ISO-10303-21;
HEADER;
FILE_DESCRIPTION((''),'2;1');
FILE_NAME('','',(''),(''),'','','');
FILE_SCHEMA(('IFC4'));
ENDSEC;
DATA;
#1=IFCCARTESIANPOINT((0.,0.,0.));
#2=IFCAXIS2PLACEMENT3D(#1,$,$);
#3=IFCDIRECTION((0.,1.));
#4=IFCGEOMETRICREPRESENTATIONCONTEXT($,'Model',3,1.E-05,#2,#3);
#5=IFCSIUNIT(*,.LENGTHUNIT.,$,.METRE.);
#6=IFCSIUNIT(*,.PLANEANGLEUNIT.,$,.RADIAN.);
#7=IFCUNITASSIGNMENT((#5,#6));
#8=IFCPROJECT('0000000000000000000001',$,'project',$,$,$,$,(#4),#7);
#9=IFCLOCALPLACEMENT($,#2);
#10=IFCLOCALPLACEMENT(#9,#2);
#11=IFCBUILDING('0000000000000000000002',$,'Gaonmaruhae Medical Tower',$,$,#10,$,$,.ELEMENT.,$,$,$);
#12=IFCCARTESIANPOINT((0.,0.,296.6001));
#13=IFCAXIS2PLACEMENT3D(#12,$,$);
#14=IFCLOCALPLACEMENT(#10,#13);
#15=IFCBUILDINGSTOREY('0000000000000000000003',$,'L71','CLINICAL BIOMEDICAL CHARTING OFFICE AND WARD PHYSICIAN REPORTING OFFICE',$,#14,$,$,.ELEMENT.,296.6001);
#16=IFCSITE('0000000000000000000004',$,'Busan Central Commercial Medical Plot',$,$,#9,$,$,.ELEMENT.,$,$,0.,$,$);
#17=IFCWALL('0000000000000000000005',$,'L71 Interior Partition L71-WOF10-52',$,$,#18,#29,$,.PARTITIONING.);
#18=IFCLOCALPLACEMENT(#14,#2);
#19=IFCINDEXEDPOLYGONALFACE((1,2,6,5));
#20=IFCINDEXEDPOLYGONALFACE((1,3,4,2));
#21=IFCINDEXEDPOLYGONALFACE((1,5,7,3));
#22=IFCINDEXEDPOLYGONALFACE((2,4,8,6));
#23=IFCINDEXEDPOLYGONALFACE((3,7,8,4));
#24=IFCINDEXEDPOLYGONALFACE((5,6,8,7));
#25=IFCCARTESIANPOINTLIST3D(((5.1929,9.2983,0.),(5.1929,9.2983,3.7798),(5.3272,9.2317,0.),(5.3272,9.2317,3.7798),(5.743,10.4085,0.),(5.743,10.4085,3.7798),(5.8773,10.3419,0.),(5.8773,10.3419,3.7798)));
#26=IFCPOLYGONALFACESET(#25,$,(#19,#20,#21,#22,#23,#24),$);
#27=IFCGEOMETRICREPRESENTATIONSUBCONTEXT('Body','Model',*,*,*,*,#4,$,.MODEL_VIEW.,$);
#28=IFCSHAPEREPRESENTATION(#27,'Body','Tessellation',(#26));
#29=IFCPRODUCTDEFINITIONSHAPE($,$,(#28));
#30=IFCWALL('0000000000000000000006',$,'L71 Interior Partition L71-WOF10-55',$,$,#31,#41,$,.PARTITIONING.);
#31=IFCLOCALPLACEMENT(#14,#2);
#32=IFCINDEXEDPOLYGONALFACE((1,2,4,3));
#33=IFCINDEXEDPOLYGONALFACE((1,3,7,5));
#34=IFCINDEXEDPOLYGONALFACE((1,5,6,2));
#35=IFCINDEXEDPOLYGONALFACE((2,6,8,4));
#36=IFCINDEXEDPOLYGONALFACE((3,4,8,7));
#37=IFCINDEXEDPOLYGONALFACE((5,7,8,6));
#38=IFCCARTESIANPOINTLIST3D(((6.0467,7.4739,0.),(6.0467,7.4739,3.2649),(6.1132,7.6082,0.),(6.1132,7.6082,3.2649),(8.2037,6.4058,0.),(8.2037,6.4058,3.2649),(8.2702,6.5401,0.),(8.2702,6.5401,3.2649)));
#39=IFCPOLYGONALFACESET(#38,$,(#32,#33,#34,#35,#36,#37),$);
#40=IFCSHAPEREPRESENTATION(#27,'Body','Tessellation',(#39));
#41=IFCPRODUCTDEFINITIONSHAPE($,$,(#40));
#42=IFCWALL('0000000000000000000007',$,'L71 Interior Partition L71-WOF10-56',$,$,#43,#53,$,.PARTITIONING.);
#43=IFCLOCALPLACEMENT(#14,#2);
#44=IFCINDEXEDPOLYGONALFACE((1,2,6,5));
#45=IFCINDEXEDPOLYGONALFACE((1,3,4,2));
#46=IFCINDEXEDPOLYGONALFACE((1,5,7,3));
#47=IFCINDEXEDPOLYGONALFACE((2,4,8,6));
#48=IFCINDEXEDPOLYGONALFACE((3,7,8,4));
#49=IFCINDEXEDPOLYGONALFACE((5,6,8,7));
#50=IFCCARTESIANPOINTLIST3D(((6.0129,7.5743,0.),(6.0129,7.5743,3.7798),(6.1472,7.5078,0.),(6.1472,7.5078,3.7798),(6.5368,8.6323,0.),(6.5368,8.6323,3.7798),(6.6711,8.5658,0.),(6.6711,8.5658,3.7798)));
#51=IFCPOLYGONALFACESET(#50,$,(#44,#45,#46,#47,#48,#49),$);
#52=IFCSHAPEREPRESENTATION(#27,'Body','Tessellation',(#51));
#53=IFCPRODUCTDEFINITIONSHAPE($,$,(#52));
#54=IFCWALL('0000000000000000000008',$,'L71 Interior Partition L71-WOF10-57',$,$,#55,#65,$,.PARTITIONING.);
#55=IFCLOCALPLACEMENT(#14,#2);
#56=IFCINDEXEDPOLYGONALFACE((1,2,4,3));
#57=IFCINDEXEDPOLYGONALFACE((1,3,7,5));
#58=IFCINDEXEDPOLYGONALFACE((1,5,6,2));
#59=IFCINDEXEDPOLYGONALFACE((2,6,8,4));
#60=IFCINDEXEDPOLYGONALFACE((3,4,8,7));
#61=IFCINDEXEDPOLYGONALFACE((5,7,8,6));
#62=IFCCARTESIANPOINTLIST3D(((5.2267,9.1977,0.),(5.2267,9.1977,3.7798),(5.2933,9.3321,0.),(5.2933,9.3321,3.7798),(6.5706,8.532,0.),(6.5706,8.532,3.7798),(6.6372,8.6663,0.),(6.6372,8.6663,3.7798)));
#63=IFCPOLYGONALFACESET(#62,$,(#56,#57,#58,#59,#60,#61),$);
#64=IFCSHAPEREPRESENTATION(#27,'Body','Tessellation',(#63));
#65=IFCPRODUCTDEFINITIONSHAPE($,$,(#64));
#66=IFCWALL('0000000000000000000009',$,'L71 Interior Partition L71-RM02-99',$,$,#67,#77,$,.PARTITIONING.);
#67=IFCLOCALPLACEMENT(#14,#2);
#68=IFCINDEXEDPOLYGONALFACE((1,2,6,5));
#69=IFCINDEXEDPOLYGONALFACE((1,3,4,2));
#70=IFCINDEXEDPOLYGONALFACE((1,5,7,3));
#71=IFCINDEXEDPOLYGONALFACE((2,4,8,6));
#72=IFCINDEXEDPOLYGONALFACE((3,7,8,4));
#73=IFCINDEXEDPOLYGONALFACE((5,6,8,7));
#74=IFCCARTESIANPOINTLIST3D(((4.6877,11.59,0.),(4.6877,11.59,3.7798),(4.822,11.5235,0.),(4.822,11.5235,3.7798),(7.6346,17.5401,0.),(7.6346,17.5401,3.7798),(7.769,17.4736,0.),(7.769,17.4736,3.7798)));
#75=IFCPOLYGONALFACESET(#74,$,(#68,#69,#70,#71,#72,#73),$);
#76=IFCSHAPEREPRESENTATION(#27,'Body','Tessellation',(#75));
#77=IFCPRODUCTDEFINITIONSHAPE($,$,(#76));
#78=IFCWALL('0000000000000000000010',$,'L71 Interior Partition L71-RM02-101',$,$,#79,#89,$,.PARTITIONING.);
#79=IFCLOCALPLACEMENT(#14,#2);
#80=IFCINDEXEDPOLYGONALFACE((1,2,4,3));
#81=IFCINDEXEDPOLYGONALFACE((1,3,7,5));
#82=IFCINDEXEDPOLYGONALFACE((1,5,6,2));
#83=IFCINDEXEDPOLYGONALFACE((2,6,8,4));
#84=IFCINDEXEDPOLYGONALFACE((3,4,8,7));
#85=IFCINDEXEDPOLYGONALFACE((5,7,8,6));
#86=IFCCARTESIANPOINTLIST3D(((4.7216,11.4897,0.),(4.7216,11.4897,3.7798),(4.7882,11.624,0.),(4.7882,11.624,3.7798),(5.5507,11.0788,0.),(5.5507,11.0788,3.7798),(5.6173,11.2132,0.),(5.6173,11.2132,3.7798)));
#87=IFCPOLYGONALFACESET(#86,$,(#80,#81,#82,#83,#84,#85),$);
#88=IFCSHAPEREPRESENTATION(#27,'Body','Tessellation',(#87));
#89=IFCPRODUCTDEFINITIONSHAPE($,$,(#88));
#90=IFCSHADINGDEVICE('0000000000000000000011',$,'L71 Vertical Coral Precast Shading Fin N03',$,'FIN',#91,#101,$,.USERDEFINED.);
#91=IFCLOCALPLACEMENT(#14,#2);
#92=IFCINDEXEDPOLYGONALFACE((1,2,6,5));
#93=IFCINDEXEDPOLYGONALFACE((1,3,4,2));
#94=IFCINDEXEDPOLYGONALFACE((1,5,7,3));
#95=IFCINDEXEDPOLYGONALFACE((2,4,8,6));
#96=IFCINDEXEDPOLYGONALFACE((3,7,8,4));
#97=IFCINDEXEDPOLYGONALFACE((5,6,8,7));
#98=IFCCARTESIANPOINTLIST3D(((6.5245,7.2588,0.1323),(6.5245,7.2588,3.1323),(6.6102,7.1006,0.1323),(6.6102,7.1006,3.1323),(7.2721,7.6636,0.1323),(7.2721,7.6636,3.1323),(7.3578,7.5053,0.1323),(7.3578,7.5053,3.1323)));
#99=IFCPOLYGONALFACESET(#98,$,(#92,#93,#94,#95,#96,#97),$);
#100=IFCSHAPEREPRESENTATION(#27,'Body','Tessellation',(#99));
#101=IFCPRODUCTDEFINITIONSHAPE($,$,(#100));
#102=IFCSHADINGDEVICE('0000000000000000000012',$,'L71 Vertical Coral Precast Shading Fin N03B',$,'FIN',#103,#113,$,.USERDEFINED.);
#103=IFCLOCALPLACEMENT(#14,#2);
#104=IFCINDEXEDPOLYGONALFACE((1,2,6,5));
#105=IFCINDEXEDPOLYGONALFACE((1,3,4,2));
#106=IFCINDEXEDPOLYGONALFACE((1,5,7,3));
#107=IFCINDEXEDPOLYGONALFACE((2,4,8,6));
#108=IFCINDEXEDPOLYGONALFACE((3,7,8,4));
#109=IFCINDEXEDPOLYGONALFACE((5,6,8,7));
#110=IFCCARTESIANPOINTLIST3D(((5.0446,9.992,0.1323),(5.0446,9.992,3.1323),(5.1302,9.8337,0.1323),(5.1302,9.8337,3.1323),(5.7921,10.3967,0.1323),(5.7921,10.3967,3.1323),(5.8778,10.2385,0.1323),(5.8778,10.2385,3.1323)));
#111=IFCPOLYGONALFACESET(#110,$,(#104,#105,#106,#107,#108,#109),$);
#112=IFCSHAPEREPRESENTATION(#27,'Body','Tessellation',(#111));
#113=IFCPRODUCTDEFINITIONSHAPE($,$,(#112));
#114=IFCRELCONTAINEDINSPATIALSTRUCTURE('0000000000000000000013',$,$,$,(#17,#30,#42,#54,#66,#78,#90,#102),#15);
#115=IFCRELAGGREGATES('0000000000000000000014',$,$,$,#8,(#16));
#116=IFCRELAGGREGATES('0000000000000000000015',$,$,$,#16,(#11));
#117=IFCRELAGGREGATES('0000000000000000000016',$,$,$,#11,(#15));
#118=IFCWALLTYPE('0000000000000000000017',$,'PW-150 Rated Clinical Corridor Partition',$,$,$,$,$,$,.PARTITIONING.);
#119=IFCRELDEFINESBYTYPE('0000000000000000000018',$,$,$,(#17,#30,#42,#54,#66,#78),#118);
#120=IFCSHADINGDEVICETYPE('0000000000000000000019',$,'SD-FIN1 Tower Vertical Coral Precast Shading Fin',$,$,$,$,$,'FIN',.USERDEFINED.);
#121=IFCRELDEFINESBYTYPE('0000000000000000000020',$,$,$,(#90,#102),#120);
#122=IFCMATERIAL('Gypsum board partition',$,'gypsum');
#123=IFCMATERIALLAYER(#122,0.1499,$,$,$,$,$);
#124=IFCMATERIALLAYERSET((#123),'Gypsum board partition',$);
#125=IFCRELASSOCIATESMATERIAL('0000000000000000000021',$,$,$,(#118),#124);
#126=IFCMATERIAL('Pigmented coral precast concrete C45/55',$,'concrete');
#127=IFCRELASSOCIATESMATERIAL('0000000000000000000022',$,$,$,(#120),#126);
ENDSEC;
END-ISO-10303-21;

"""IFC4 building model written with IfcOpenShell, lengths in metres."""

from ifc_helpers import new_model, si_unit, direction, frame, frame_2d, origin, origin_2d, place, context, subcontext, project, spatial, rectangle, extrude, material, layer, layer_set, type_object, element, save


model = new_model("IFC4")

# Units and contexts
model_context = context("Model", 3, precision=1e-05, world=origin(), true_north=direction((0.0, 1.0)))
body_context = subcontext(model_context, "Body", "Model", "MODEL_VIEW")
ifc_project = project(units=[si_unit("LENGTHUNIT", "METRE"), si_unit("PLANEANGLEUNIT", "RADIAN")], contexts=[model_context])

# Site, building, storey
site_placement = place(None, origin())
site = spatial("IfcSite", under=ifc_project, at=site_placement, Name="Busan Central Commercial Medical Plot", CompositionType="ELEMENT", RefElevation=0.0)
building_placement = place(site_placement, origin())
building = spatial("IfcBuilding", under=site, at=building_placement, Name="Gaonmaruhae Medical Tower", CompositionType="ELEMENT")
storey_placement = place(building_placement, frame((0.0, 0.0, 296.6001)))
storey = spatial("IfcBuildingStorey", under=building, at=storey_placement, Name="L71", Description="CLINICAL BIOMEDICAL CHARTING OFFICE AND WARD PHYSICIAN REPORTING OFFICE", CompositionType="ELEMENT", Elevation=296.6001)

# Walls
ifc_material_1 = material(Name="Gypsum board partition", Category="gypsum")
ifc_layer_1 = layer(ifc_material_1, 0.1499)
ifc_layer_set_1 = layer_set([ifc_layer_1], Name="Gypsum board partition")
wall_type_1 = type_object("IfcWallType", Name="PW-150 Rated Clinical Corridor Partition", PredefinedType="PARTITIONING", material=ifc_layer_set_1)
wall_1_placement = place(storey_placement, frame((5.26, 9.2649, 0.0), z_axis=(0.0, 0.0, 1.0), x_axis=(0.443979, 0.896037, 0.0)))
element("IfcWall", 1, at=wall_1_placement, inside=storey, type_object=wall_type_1, Name="L71 Interior Partition L71-WOF10-52", PredefinedType="PARTITIONING", context=body_context, shape_type="SweptSolid", body=[
    extrude(rectangle(XDim=1.239, YDim=0.1499, at=frame_2d((0.6196, 0.0))), origin(), (0.0, 0.0, 1.0), 3.7798),
])
wall_2_placement = place(storey_placement, frame((8.2371, 6.4729, 0.0), z_axis=(0.0, 0.0, 1.0), x_axis=(-0.896145, 0.443762, 0.0)))
element("IfcWall", 2, at=wall_2_placement, inside=storey, type_object=wall_type_1, Name="L71 Interior Partition L71-WOF10-55", PredefinedType="PARTITIONING", context=body_context, shape_type="SweptSolid", body=[
    extrude(rectangle(XDim=2.407, YDim=0.1499, at=frame_2d((1.2036, 0.0))), origin(), (0.0, 0.0, 1.0), 3.2649),
])
wall_3_placement = place(storey_placement, frame((6.0801, 7.541, 0.0), z_axis=(0.0, 0.0, 1.0), x_axis=(0.443736, 0.896157, 0.0)))
element("IfcWall", 3, at=wall_3_placement, inside=storey, type_object=wall_type_1, Name="L71 Interior Partition L71-WOF10-56", PredefinedType="PARTITIONING", context=body_context, shape_type="SweptSolid", body=[
    extrude(rectangle(XDim=1.1807, YDim=0.1499, at=frame_2d((0.5903, 0.0))), origin(), (0.0, 0.0, 1.0), 3.7798),
])
wall_4_placement = place(storey_placement, frame((6.604, 8.5991, 0.0), z_axis=(0.0, 0.0, 1.0), x_axis=(-0.896081, 0.44389, 0.0)))
element("IfcWall", 4, at=wall_4_placement, inside=storey, type_object=wall_type_1, Name="L71 Interior Partition L71-WOF10-57", PredefinedType="PARTITIONING", context=body_context, shape_type="SweptSolid", body=[
    extrude(rectangle(XDim=1.4998, YDim=0.1499, at=frame_2d((0.75, 0.0))), origin(), (0.0, 0.0, 1.0), 3.7798),
])
wall_5_placement = place(storey_placement, frame((4.7549, 11.5569, 0.0), z_axis=(0.0, 0.0, 1.0), x_axis=(0.443828, 0.896112, 0.0)))
element("IfcWall", 5, at=wall_5_placement, inside=storey, type_object=wall_type_1, Name="L71 Interior Partition L71-RM02-99", PredefinedType="PARTITIONING", context=body_context, shape_type="SweptSolid", body=[
    extrude(rectangle(XDim=6.6399, YDim=0.1499, at=frame_2d((3.3198, 0.0))), origin(), (0.0, 0.0, 1.0), 3.7798),
])
wall_6_placement = place(storey_placement, frame((5.584, 11.146, 0.0), z_axis=(0.0, 0.0, 1.0), x_axis=(-0.896005, 0.444045, 0.0)))
element("IfcWall", 6, at=wall_6_placement, inside=storey, type_object=wall_type_1, Name="L71 Interior Partition L71-RM02-101", PredefinedType="PARTITIONING", context=body_context, shape_type="SweptSolid", body=[
    extrude(rectangle(XDim=0.9253, YDim=0.1499, at=frame_2d((0.4626, 0.0))), origin(), (0.0, 0.0, 1.0), 3.7798),
])

# Shading devices
ifc_material_2 = material(Name="Pigmented coral precast concrete C45/55", Category="concrete")
shading_device_type = type_object("IfcShadingDeviceType", Name="SD-FIN1 Tower Vertical Coral Precast Shading Fin", ElementType="FIN", PredefinedType="USERDEFINED", material=ifc_material_2)
for number, where, z_axis, x_axis, name in (
    (7, (6.9412, 7.3821, 0.1323), (0.0, 0.0, 1.0), (-0.476115, 0.879383, 0.0), "L71 Vertical Coral Precast Shading Fin N03"),
    (8, (5.4612, 10.1152, 0.1323), (0.0, 0.0, 1.0), (-0.476115, 0.879383, 0.0), "L71 Vertical Coral Precast Shading Fin N03B"),
):
    element("IfcShadingDevice", number, at=place(storey_placement, frame(where, z_axis=z_axis, x_axis=x_axis)), inside=storey, type_object=shading_device_type, Name=name, ObjectType="FIN", PredefinedType="USERDEFINED", context=body_context, shape_type="SweptSolid", body=[
        extrude(rectangle(XDim=0.1799, YDim=0.8501, at=origin_2d()), origin(), (0.0, 0.0, 1.0), 3.0),
    ])

save(model, "model.ifc")
